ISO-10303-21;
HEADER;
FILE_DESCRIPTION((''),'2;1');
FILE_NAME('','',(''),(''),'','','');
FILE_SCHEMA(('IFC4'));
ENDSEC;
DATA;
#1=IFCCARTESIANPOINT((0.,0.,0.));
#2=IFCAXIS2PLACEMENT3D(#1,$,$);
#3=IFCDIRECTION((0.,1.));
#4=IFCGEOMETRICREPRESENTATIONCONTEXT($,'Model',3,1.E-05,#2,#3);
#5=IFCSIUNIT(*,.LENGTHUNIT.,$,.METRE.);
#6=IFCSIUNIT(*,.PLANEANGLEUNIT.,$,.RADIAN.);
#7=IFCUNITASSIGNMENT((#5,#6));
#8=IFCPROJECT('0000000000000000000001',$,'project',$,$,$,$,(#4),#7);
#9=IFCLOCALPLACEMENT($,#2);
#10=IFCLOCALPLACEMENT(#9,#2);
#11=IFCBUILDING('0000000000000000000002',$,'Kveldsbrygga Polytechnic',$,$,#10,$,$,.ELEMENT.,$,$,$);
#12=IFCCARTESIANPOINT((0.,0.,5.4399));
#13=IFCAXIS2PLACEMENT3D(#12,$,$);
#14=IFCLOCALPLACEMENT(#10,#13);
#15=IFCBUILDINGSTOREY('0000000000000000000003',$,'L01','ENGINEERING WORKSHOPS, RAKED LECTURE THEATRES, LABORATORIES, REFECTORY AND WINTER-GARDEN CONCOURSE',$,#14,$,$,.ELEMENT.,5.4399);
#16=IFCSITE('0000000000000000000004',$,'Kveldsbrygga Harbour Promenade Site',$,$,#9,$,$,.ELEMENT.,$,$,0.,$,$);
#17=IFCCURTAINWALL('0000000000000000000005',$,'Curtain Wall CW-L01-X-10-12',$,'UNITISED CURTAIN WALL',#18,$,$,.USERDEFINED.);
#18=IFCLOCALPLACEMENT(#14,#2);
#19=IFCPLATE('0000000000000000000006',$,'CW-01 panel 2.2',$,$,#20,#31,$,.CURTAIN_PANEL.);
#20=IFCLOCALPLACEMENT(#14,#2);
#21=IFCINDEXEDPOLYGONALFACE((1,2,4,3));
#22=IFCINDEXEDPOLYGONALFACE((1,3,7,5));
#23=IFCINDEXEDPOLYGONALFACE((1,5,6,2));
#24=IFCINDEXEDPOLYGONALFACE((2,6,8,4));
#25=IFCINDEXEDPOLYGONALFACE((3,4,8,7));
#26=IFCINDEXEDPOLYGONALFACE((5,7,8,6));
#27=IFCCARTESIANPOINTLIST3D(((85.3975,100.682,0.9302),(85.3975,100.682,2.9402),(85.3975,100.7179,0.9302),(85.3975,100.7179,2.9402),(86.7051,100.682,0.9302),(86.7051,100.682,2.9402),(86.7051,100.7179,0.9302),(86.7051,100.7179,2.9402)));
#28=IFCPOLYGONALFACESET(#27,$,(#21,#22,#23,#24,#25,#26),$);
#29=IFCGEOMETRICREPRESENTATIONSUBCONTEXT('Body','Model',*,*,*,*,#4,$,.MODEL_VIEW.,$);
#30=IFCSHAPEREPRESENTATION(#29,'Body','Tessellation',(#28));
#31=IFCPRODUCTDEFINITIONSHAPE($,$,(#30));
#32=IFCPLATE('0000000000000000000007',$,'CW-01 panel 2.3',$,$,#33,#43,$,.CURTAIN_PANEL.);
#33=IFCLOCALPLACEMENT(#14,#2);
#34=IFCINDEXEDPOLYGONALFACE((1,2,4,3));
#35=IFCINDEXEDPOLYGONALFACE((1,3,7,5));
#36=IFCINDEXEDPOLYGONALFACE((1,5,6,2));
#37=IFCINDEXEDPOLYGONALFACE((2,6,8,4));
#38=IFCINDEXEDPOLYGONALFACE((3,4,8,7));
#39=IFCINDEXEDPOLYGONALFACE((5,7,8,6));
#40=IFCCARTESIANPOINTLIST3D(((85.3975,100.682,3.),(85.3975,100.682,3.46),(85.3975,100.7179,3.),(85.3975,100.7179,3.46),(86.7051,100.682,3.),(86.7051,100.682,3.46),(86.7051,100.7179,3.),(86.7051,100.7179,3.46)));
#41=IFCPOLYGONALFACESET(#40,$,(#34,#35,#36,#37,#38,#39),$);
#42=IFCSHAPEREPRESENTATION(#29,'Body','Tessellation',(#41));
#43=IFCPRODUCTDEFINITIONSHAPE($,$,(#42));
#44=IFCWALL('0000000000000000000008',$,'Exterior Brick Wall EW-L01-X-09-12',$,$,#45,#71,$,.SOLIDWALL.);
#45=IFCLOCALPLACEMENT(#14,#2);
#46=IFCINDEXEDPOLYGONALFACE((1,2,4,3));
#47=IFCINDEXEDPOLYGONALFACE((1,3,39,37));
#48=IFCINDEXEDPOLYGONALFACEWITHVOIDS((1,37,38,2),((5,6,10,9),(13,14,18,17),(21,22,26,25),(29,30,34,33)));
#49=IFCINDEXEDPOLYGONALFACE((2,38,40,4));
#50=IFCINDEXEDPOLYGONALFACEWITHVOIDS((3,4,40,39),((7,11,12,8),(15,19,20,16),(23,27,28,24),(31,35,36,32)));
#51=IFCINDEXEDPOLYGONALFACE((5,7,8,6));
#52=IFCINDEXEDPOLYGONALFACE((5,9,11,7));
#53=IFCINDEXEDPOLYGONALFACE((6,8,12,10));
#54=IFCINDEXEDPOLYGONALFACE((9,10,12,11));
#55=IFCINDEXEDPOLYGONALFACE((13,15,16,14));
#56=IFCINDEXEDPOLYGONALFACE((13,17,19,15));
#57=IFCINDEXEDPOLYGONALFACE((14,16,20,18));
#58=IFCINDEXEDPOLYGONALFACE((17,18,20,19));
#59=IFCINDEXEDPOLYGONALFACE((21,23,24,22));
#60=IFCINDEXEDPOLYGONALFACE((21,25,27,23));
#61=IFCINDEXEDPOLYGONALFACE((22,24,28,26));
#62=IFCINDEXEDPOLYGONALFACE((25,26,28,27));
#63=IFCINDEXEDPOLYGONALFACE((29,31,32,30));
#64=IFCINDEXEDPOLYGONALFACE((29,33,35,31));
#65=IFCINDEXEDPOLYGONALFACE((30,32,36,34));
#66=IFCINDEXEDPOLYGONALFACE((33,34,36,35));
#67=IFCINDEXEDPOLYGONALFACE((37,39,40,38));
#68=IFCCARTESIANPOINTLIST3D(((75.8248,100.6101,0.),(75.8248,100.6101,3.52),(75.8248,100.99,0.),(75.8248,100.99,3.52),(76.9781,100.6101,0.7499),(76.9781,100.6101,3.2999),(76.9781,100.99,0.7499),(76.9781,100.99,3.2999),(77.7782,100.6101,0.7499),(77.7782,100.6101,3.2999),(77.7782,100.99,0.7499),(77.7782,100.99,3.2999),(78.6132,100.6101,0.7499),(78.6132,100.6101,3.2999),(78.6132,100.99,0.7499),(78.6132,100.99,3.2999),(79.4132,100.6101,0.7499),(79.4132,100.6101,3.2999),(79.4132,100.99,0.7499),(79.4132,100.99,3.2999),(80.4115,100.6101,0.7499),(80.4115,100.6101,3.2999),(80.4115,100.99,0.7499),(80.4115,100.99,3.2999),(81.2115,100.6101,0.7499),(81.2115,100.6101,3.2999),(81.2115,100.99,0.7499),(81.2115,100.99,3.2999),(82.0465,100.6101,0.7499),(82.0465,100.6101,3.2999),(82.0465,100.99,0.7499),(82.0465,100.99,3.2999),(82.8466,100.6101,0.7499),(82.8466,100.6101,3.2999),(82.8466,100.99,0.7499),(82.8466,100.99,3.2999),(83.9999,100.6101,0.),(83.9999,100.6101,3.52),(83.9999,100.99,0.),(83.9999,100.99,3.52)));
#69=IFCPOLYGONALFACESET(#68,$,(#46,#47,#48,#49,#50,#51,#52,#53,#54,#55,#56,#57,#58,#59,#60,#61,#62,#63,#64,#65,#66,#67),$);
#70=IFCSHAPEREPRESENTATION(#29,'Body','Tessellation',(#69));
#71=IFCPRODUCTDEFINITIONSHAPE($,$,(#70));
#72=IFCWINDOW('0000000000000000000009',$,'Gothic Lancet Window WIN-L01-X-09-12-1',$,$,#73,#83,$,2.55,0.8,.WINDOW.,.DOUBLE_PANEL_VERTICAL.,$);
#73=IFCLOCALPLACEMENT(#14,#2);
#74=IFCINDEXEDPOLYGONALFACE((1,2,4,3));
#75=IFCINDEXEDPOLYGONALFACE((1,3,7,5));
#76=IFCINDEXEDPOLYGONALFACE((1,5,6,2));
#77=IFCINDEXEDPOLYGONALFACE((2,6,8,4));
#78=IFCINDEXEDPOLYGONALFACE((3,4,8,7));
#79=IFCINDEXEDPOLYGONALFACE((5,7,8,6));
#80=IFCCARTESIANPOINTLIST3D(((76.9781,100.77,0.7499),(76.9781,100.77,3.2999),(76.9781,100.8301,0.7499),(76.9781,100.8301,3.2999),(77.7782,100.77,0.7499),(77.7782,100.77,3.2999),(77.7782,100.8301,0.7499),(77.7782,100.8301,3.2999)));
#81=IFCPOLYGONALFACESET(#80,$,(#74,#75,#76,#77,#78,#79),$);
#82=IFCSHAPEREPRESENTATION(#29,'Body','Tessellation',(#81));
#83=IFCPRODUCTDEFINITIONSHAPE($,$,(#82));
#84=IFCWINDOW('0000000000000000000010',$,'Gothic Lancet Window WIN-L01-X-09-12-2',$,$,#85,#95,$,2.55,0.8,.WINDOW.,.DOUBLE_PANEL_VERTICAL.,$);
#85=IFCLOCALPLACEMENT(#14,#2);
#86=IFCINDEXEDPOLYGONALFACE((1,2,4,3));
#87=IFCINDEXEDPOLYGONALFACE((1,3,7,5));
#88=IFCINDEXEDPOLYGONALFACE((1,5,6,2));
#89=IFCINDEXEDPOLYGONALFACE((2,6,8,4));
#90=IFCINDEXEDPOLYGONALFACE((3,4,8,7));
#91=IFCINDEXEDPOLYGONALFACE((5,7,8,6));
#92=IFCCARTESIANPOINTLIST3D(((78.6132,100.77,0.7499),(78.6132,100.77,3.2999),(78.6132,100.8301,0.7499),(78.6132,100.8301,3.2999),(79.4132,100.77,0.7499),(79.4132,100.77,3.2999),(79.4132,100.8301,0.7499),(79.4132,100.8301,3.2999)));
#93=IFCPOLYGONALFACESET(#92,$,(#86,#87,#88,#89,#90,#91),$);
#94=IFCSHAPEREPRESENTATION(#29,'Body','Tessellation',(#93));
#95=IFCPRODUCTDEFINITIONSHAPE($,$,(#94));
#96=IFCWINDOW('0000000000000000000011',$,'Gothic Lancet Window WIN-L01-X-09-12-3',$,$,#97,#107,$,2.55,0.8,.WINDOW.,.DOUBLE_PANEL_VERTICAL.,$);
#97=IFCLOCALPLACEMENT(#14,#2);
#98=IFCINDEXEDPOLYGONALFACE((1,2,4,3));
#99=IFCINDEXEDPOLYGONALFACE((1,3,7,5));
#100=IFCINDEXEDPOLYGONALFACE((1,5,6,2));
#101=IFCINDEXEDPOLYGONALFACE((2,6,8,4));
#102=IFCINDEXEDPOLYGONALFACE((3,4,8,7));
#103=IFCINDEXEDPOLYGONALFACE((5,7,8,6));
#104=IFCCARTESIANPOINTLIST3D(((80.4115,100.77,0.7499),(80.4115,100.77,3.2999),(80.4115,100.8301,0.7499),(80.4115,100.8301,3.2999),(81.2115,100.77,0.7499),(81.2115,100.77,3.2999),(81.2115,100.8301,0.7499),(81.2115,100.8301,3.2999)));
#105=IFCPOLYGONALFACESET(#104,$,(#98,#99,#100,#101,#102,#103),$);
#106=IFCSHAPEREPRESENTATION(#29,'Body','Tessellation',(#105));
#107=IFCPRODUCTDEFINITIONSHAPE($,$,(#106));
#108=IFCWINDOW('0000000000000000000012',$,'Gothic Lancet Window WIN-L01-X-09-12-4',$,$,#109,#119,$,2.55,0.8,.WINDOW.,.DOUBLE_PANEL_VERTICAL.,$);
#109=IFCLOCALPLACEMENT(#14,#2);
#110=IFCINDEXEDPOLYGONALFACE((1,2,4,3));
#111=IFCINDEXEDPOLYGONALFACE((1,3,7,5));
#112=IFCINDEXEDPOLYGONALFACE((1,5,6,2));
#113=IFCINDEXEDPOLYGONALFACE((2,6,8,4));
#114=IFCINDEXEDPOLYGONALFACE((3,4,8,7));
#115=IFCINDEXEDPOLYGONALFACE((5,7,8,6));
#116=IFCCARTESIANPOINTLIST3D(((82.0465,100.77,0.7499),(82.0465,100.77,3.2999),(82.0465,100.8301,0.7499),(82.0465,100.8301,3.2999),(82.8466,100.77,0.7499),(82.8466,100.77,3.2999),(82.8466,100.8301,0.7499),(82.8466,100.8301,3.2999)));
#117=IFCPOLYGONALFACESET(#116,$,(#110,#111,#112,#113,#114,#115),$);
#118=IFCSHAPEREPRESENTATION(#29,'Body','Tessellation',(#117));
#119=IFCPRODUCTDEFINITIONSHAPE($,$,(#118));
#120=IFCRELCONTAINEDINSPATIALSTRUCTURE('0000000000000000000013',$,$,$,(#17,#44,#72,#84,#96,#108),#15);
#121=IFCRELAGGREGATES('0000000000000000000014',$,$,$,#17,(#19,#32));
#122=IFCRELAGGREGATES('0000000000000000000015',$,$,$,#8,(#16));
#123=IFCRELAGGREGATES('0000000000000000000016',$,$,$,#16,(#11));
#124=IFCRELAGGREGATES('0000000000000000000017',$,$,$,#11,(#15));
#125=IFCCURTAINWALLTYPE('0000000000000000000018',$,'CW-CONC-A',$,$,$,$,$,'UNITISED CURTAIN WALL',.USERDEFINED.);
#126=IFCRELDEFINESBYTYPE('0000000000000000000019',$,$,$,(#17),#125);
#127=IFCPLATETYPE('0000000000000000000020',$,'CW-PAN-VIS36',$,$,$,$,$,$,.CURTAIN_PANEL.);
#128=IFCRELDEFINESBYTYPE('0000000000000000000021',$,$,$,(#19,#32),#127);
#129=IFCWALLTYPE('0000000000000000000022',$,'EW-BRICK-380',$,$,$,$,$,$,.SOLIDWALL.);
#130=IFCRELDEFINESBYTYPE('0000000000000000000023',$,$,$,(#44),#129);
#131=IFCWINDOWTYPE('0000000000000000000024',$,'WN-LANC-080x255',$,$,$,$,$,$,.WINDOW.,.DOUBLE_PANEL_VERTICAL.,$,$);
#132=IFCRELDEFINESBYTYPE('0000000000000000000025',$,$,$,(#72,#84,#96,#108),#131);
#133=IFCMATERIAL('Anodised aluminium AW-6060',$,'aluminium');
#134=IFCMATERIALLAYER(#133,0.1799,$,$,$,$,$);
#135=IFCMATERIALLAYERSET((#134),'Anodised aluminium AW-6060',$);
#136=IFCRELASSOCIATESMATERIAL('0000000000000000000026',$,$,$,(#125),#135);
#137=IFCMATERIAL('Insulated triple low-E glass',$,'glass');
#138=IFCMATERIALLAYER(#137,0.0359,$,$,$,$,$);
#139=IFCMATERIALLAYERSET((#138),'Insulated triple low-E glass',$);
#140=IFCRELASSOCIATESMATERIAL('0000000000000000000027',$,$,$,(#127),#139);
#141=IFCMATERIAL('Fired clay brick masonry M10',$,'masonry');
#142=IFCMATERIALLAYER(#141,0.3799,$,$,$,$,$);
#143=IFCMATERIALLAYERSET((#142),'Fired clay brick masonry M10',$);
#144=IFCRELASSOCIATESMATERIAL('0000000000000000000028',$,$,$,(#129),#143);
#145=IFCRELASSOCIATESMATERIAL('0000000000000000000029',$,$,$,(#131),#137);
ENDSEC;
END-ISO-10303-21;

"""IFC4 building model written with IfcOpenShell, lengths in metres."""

from ifc_helpers import new_model, si_unit, direction, frame, frame_2d, origin, origin_2d, place, context, subcontext, project, spatial, rectangle, extrude, material, layer, layer_set, type_object, element, fill, aggregate, save


model = new_model("IFC4")

# Units and contexts
model_context = context("Model", 3, precision=1e-05, world=origin(), true_north=direction((0.0, 1.0)))
body_context = subcontext(model_context, "Body", "Model", "MODEL_VIEW")
ifc_project = project(units=[si_unit("LENGTHUNIT", "METRE"), si_unit("PLANEANGLEUNIT", "RADIAN")], contexts=[model_context])

# Site, building, storey
site_placement = place(None, origin())
site = spatial("IfcSite", under=ifc_project, at=site_placement, Name="Kveldsbrygga Harbour Promenade Site", CompositionType="ELEMENT", RefElevation=0.0)
building_placement = place(site_placement, origin())
building = spatial("IfcBuilding", under=site, at=building_placement, Name="Kveldsbrygga Polytechnic", CompositionType="ELEMENT")
storey_placement = place(building_placement, frame((0.0, 0.0, 5.4399)))
storey = spatial("IfcBuildingStorey", under=building, at=storey_placement, Name="L01", Description="ENGINEERING WORKSHOPS, RAKED LECTURE THEATRES, LABORATORIES, REFECTORY AND WINTER-GARDEN CONCOURSE", CompositionType="ELEMENT", Elevation=5.4399)

# Shared definitions
ifc_material_1 = material(Name="Anodised aluminium AW-6060", Category="aluminium")
ifc_layer_1 = layer(ifc_material_1, 0.1799)
ifc_layer_set_1 = layer_set([ifc_layer_1], Name="Anodised aluminium AW-6060")
curtain_wall_type = type_object("IfcCurtainWallType", Name="CW-CONC-A", ElementType="UNITISED CURTAIN WALL", PredefinedType="USERDEFINED", material=ifc_layer_set_1)

# Curtain wall
curtain_wall_1_placement = place(storey_placement, origin())
curtain_wall_1 = element("IfcCurtainWall", 1, at=curtain_wall_1_placement, inside=storey, type_object=curtain_wall_type, Name="Curtain Wall CW-L01-X-10-12", ObjectType="UNITISED CURTAIN WALL", PredefinedType="USERDEFINED")

# Plates
ifc_material_2 = material(Name="Insulated triple low-E glass", Category="glass")
ifc_layer_2 = layer(ifc_material_2, 0.0359)
ifc_layer_set_2 = layer_set([ifc_layer_2], Name="Insulated triple low-E glass")
plate_type = type_object("IfcPlateType", Name="CW-PAN-VIS36", PredefinedType="CURTAIN_PANEL", material=ifc_layer_set_2)
plate_1_placement = place(storey_placement, frame((86.0513, 100.7, 0.9302), z_axis=(0.0, 0.0, 1.0), x_axis=(1.0, 0.0, 0.0)))
plate_1 = element("IfcPlate", 2, at=plate_1_placement, type_object=plate_type, Name="CW-01 panel 2.2", PredefinedType="CURTAIN_PANEL", context=body_context, shape_type="SweptSolid", body=[
    extrude(rectangle(XDim=1.3076, YDim=0.0359, at=origin_2d()), origin(), (0.0, 0.0, 1.0), 2.01),
])
plate_2_placement = place(storey_placement, frame((86.0513, 100.7, 3.0), z_axis=(0.0, 0.0, 1.0), x_axis=(1.0, 0.0, 0.0)))
plate_2 = element("IfcPlate", 3, at=plate_2_placement, type_object=plate_type, Name="CW-01 panel 2.3", PredefinedType="CURTAIN_PANEL", context=body_context, shape_type="SweptSolid", body=[
    extrude(rectangle(XDim=1.3076, YDim=0.0359, at=origin_2d()), origin(), (0.0, 0.0, 1.0), 0.46),
])
aggregate(curtain_wall_1, [plate_1, plate_2])

# Wall, openings, windows
ifc_material_3 = material(Name="Fired clay brick masonry M10", Category="masonry")
ifc_layer_3 = layer(ifc_material_3, 0.3799)
ifc_layer_set_3 = layer_set([ifc_layer_3], Name="Fired clay brick masonry M10")
wall_type = type_object("IfcWallType", Name="EW-BRICK-380", PredefinedType="SOLIDWALL", material=ifc_layer_set_3)
wall_1_placement = place(storey_placement, frame((75.825, 100.8, 0.0), z_axis=(0.0, 0.0, 1.0), x_axis=(1.0, 0.0, 0.0)))
wall_1 = element("IfcWall", 4, at=wall_1_placement, inside=storey, type_object=wall_type, Name="Exterior Brick Wall EW-L01-X-09-12", PredefinedType="SOLIDWALL", context=body_context, shape_type="SweptSolid", body=[
    extrude(rectangle(XDim=8.175, YDim=0.3799, at=frame_2d((4.0874, 0.0))), origin(), (0.0, 0.0, 1.0), 3.52),
])
opening_1_placement = place(wall_1_placement, frame((1.1533, 0.0, 0.75)))
opening_1 = element("IfcOpeningElement", 5, at=opening_1_placement, cuts=wall_1, PredefinedType="OPENING", context=body_context, shape_type="SweptSolid", body=[
    extrude(rectangle(XDim=0.8, YDim=2.55, at=frame_2d((0.3999, 1.2749))), frame((0.0, 0.2, 0.0), z_axis=(0.0, -1.0, 0.0), x_axis=(1.0, 0.0, 0.0)), (0.0, 0.0, 1.0), 0.3999),
])
opening_2_placement = place(wall_1_placement, frame((2.7883, 0.0, 0.75)))
opening_2 = element("IfcOpeningElement", 6, at=opening_2_placement, cuts=wall_1, PredefinedType="OPENING", context=body_context, shape_type="SweptSolid", body=[
    extrude(rectangle(XDim=0.8, YDim=2.55, at=frame_2d((0.3999, 1.2749))), frame((0.0, 0.2, 0.0), z_axis=(0.0, -1.0, 0.0), x_axis=(1.0, 0.0, 0.0)), (0.0, 0.0, 1.0), 0.3999),
])
opening_3_placement = place(wall_1_placement, frame((4.5867, 0.0, 0.75)))
opening_3 = element("IfcOpeningElement", 7, at=opening_3_placement, cuts=wall_1, PredefinedType="OPENING", context=body_context, shape_type="SweptSolid", body=[
    extrude(rectangle(XDim=0.8, YDim=2.55, at=frame_2d((0.3999, 1.2749))), frame((0.0, 0.2, 0.0), z_axis=(0.0, -1.0, 0.0), x_axis=(1.0, 0.0, 0.0)), (0.0, 0.0, 1.0), 0.3999),
])
opening_4_placement = place(wall_1_placement, frame((6.2217, 0.0, 0.75)))
opening_4 = element("IfcOpeningElement", 8, at=opening_4_placement, cuts=wall_1, PredefinedType="OPENING", context=body_context, shape_type="SweptSolid", body=[
    extrude(rectangle(XDim=0.8, YDim=2.55, at=frame_2d((0.3999, 1.2749))), frame((0.0, 0.2, 0.0), z_axis=(0.0, -1.0, 0.0), x_axis=(1.0, 0.0, 0.0)), (0.0, 0.0, 1.0), 0.3999),
])
window_type_1 = type_object("IfcWindowType", Name="WN-LANC-080x255", PartitioningType="DOUBLE_PANEL_VERTICAL", PredefinedType="WINDOW", material=ifc_material_2)
window_1_placement = place(opening_1_placement, origin())
window_1 = element("IfcWindow", 9, at=window_1_placement, inside=storey, type_object=window_type_1, Name="Gothic Lancet Window WIN-L01-X-09-12-1", OverallHeight=2.55, OverallWidth=0.8, PartitioningType="DOUBLE_PANEL_VERTICAL", PredefinedType="WINDOW", context=body_context, shape_type="SweptSolid", body=[
    extrude(rectangle(XDim=0.8, YDim=2.55, at=frame_2d((0.3999, 1.2749))), frame((0.0, 0.03, 0.0), z_axis=(0.0, -1.0, 0.0), x_axis=(1.0, 0.0, 0.0)), (0.0, 0.0, 1.0), 0.0601),
])
fill(opening_1, window_1)
window_2_placement = place(opening_2_placement, origin())
window_2 = element("IfcWindow", 10, at=window_2_placement, inside=storey, type_object=window_type_1, Name="Gothic Lancet Window WIN-L01-X-09-12-2", OverallHeight=2.55, OverallWidth=0.8, PartitioningType="DOUBLE_PANEL_VERTICAL", PredefinedType="WINDOW", context=body_context, shape_type="SweptSolid", body=[
    extrude(rectangle(XDim=0.8, YDim=2.55, at=frame_2d((0.3999, 1.2749))), frame((0.0, 0.03, 0.0), z_axis=(0.0, -1.0, 0.0), x_axis=(1.0, 0.0, 0.0)), (0.0, 0.0, 1.0), 0.0601),
])
fill(opening_2, window_2)
window_3_placement = place(opening_3_placement, origin())
window_3 = element("IfcWindow", 11, at=window_3_placement, inside=storey, type_object=window_type_1, Name="Gothic Lancet Window WIN-L01-X-09-12-3", OverallHeight=2.55, OverallWidth=0.8, PartitioningType="DOUBLE_PANEL_VERTICAL", PredefinedType="WINDOW", context=body_context, shape_type="SweptSolid", body=[
    extrude(rectangle(XDim=0.8, YDim=2.55, at=frame_2d((0.3999, 1.2749))), frame((0.0, 0.03, 0.0), z_axis=(0.0, -1.0, 0.0), x_axis=(1.0, 0.0, 0.0)), (0.0, 0.0, 1.0), 0.0601),
])
fill(opening_3, window_3)
window_4_placement = place(opening_4_placement, origin())
window_4 = element("IfcWindow", 12, at=window_4_placement, inside=storey, type_object=window_type_1, Name="Gothic Lancet Window WIN-L01-X-09-12-4", OverallHeight=2.55, OverallWidth=0.8, PartitioningType="DOUBLE_PANEL_VERTICAL", PredefinedType="WINDOW", context=body_context, shape_type="SweptSolid", body=[
    extrude(rectangle(XDim=0.8, YDim=2.55, at=frame_2d((0.3999, 1.2749))), frame((0.0, 0.03, 0.0), z_axis=(0.0, -1.0, 0.0), x_axis=(1.0, 0.0, 0.0)), (0.0, 0.0, 1.0), 0.0601),
])
fill(opening_4, window_4)

save(model, "model.ifc")
